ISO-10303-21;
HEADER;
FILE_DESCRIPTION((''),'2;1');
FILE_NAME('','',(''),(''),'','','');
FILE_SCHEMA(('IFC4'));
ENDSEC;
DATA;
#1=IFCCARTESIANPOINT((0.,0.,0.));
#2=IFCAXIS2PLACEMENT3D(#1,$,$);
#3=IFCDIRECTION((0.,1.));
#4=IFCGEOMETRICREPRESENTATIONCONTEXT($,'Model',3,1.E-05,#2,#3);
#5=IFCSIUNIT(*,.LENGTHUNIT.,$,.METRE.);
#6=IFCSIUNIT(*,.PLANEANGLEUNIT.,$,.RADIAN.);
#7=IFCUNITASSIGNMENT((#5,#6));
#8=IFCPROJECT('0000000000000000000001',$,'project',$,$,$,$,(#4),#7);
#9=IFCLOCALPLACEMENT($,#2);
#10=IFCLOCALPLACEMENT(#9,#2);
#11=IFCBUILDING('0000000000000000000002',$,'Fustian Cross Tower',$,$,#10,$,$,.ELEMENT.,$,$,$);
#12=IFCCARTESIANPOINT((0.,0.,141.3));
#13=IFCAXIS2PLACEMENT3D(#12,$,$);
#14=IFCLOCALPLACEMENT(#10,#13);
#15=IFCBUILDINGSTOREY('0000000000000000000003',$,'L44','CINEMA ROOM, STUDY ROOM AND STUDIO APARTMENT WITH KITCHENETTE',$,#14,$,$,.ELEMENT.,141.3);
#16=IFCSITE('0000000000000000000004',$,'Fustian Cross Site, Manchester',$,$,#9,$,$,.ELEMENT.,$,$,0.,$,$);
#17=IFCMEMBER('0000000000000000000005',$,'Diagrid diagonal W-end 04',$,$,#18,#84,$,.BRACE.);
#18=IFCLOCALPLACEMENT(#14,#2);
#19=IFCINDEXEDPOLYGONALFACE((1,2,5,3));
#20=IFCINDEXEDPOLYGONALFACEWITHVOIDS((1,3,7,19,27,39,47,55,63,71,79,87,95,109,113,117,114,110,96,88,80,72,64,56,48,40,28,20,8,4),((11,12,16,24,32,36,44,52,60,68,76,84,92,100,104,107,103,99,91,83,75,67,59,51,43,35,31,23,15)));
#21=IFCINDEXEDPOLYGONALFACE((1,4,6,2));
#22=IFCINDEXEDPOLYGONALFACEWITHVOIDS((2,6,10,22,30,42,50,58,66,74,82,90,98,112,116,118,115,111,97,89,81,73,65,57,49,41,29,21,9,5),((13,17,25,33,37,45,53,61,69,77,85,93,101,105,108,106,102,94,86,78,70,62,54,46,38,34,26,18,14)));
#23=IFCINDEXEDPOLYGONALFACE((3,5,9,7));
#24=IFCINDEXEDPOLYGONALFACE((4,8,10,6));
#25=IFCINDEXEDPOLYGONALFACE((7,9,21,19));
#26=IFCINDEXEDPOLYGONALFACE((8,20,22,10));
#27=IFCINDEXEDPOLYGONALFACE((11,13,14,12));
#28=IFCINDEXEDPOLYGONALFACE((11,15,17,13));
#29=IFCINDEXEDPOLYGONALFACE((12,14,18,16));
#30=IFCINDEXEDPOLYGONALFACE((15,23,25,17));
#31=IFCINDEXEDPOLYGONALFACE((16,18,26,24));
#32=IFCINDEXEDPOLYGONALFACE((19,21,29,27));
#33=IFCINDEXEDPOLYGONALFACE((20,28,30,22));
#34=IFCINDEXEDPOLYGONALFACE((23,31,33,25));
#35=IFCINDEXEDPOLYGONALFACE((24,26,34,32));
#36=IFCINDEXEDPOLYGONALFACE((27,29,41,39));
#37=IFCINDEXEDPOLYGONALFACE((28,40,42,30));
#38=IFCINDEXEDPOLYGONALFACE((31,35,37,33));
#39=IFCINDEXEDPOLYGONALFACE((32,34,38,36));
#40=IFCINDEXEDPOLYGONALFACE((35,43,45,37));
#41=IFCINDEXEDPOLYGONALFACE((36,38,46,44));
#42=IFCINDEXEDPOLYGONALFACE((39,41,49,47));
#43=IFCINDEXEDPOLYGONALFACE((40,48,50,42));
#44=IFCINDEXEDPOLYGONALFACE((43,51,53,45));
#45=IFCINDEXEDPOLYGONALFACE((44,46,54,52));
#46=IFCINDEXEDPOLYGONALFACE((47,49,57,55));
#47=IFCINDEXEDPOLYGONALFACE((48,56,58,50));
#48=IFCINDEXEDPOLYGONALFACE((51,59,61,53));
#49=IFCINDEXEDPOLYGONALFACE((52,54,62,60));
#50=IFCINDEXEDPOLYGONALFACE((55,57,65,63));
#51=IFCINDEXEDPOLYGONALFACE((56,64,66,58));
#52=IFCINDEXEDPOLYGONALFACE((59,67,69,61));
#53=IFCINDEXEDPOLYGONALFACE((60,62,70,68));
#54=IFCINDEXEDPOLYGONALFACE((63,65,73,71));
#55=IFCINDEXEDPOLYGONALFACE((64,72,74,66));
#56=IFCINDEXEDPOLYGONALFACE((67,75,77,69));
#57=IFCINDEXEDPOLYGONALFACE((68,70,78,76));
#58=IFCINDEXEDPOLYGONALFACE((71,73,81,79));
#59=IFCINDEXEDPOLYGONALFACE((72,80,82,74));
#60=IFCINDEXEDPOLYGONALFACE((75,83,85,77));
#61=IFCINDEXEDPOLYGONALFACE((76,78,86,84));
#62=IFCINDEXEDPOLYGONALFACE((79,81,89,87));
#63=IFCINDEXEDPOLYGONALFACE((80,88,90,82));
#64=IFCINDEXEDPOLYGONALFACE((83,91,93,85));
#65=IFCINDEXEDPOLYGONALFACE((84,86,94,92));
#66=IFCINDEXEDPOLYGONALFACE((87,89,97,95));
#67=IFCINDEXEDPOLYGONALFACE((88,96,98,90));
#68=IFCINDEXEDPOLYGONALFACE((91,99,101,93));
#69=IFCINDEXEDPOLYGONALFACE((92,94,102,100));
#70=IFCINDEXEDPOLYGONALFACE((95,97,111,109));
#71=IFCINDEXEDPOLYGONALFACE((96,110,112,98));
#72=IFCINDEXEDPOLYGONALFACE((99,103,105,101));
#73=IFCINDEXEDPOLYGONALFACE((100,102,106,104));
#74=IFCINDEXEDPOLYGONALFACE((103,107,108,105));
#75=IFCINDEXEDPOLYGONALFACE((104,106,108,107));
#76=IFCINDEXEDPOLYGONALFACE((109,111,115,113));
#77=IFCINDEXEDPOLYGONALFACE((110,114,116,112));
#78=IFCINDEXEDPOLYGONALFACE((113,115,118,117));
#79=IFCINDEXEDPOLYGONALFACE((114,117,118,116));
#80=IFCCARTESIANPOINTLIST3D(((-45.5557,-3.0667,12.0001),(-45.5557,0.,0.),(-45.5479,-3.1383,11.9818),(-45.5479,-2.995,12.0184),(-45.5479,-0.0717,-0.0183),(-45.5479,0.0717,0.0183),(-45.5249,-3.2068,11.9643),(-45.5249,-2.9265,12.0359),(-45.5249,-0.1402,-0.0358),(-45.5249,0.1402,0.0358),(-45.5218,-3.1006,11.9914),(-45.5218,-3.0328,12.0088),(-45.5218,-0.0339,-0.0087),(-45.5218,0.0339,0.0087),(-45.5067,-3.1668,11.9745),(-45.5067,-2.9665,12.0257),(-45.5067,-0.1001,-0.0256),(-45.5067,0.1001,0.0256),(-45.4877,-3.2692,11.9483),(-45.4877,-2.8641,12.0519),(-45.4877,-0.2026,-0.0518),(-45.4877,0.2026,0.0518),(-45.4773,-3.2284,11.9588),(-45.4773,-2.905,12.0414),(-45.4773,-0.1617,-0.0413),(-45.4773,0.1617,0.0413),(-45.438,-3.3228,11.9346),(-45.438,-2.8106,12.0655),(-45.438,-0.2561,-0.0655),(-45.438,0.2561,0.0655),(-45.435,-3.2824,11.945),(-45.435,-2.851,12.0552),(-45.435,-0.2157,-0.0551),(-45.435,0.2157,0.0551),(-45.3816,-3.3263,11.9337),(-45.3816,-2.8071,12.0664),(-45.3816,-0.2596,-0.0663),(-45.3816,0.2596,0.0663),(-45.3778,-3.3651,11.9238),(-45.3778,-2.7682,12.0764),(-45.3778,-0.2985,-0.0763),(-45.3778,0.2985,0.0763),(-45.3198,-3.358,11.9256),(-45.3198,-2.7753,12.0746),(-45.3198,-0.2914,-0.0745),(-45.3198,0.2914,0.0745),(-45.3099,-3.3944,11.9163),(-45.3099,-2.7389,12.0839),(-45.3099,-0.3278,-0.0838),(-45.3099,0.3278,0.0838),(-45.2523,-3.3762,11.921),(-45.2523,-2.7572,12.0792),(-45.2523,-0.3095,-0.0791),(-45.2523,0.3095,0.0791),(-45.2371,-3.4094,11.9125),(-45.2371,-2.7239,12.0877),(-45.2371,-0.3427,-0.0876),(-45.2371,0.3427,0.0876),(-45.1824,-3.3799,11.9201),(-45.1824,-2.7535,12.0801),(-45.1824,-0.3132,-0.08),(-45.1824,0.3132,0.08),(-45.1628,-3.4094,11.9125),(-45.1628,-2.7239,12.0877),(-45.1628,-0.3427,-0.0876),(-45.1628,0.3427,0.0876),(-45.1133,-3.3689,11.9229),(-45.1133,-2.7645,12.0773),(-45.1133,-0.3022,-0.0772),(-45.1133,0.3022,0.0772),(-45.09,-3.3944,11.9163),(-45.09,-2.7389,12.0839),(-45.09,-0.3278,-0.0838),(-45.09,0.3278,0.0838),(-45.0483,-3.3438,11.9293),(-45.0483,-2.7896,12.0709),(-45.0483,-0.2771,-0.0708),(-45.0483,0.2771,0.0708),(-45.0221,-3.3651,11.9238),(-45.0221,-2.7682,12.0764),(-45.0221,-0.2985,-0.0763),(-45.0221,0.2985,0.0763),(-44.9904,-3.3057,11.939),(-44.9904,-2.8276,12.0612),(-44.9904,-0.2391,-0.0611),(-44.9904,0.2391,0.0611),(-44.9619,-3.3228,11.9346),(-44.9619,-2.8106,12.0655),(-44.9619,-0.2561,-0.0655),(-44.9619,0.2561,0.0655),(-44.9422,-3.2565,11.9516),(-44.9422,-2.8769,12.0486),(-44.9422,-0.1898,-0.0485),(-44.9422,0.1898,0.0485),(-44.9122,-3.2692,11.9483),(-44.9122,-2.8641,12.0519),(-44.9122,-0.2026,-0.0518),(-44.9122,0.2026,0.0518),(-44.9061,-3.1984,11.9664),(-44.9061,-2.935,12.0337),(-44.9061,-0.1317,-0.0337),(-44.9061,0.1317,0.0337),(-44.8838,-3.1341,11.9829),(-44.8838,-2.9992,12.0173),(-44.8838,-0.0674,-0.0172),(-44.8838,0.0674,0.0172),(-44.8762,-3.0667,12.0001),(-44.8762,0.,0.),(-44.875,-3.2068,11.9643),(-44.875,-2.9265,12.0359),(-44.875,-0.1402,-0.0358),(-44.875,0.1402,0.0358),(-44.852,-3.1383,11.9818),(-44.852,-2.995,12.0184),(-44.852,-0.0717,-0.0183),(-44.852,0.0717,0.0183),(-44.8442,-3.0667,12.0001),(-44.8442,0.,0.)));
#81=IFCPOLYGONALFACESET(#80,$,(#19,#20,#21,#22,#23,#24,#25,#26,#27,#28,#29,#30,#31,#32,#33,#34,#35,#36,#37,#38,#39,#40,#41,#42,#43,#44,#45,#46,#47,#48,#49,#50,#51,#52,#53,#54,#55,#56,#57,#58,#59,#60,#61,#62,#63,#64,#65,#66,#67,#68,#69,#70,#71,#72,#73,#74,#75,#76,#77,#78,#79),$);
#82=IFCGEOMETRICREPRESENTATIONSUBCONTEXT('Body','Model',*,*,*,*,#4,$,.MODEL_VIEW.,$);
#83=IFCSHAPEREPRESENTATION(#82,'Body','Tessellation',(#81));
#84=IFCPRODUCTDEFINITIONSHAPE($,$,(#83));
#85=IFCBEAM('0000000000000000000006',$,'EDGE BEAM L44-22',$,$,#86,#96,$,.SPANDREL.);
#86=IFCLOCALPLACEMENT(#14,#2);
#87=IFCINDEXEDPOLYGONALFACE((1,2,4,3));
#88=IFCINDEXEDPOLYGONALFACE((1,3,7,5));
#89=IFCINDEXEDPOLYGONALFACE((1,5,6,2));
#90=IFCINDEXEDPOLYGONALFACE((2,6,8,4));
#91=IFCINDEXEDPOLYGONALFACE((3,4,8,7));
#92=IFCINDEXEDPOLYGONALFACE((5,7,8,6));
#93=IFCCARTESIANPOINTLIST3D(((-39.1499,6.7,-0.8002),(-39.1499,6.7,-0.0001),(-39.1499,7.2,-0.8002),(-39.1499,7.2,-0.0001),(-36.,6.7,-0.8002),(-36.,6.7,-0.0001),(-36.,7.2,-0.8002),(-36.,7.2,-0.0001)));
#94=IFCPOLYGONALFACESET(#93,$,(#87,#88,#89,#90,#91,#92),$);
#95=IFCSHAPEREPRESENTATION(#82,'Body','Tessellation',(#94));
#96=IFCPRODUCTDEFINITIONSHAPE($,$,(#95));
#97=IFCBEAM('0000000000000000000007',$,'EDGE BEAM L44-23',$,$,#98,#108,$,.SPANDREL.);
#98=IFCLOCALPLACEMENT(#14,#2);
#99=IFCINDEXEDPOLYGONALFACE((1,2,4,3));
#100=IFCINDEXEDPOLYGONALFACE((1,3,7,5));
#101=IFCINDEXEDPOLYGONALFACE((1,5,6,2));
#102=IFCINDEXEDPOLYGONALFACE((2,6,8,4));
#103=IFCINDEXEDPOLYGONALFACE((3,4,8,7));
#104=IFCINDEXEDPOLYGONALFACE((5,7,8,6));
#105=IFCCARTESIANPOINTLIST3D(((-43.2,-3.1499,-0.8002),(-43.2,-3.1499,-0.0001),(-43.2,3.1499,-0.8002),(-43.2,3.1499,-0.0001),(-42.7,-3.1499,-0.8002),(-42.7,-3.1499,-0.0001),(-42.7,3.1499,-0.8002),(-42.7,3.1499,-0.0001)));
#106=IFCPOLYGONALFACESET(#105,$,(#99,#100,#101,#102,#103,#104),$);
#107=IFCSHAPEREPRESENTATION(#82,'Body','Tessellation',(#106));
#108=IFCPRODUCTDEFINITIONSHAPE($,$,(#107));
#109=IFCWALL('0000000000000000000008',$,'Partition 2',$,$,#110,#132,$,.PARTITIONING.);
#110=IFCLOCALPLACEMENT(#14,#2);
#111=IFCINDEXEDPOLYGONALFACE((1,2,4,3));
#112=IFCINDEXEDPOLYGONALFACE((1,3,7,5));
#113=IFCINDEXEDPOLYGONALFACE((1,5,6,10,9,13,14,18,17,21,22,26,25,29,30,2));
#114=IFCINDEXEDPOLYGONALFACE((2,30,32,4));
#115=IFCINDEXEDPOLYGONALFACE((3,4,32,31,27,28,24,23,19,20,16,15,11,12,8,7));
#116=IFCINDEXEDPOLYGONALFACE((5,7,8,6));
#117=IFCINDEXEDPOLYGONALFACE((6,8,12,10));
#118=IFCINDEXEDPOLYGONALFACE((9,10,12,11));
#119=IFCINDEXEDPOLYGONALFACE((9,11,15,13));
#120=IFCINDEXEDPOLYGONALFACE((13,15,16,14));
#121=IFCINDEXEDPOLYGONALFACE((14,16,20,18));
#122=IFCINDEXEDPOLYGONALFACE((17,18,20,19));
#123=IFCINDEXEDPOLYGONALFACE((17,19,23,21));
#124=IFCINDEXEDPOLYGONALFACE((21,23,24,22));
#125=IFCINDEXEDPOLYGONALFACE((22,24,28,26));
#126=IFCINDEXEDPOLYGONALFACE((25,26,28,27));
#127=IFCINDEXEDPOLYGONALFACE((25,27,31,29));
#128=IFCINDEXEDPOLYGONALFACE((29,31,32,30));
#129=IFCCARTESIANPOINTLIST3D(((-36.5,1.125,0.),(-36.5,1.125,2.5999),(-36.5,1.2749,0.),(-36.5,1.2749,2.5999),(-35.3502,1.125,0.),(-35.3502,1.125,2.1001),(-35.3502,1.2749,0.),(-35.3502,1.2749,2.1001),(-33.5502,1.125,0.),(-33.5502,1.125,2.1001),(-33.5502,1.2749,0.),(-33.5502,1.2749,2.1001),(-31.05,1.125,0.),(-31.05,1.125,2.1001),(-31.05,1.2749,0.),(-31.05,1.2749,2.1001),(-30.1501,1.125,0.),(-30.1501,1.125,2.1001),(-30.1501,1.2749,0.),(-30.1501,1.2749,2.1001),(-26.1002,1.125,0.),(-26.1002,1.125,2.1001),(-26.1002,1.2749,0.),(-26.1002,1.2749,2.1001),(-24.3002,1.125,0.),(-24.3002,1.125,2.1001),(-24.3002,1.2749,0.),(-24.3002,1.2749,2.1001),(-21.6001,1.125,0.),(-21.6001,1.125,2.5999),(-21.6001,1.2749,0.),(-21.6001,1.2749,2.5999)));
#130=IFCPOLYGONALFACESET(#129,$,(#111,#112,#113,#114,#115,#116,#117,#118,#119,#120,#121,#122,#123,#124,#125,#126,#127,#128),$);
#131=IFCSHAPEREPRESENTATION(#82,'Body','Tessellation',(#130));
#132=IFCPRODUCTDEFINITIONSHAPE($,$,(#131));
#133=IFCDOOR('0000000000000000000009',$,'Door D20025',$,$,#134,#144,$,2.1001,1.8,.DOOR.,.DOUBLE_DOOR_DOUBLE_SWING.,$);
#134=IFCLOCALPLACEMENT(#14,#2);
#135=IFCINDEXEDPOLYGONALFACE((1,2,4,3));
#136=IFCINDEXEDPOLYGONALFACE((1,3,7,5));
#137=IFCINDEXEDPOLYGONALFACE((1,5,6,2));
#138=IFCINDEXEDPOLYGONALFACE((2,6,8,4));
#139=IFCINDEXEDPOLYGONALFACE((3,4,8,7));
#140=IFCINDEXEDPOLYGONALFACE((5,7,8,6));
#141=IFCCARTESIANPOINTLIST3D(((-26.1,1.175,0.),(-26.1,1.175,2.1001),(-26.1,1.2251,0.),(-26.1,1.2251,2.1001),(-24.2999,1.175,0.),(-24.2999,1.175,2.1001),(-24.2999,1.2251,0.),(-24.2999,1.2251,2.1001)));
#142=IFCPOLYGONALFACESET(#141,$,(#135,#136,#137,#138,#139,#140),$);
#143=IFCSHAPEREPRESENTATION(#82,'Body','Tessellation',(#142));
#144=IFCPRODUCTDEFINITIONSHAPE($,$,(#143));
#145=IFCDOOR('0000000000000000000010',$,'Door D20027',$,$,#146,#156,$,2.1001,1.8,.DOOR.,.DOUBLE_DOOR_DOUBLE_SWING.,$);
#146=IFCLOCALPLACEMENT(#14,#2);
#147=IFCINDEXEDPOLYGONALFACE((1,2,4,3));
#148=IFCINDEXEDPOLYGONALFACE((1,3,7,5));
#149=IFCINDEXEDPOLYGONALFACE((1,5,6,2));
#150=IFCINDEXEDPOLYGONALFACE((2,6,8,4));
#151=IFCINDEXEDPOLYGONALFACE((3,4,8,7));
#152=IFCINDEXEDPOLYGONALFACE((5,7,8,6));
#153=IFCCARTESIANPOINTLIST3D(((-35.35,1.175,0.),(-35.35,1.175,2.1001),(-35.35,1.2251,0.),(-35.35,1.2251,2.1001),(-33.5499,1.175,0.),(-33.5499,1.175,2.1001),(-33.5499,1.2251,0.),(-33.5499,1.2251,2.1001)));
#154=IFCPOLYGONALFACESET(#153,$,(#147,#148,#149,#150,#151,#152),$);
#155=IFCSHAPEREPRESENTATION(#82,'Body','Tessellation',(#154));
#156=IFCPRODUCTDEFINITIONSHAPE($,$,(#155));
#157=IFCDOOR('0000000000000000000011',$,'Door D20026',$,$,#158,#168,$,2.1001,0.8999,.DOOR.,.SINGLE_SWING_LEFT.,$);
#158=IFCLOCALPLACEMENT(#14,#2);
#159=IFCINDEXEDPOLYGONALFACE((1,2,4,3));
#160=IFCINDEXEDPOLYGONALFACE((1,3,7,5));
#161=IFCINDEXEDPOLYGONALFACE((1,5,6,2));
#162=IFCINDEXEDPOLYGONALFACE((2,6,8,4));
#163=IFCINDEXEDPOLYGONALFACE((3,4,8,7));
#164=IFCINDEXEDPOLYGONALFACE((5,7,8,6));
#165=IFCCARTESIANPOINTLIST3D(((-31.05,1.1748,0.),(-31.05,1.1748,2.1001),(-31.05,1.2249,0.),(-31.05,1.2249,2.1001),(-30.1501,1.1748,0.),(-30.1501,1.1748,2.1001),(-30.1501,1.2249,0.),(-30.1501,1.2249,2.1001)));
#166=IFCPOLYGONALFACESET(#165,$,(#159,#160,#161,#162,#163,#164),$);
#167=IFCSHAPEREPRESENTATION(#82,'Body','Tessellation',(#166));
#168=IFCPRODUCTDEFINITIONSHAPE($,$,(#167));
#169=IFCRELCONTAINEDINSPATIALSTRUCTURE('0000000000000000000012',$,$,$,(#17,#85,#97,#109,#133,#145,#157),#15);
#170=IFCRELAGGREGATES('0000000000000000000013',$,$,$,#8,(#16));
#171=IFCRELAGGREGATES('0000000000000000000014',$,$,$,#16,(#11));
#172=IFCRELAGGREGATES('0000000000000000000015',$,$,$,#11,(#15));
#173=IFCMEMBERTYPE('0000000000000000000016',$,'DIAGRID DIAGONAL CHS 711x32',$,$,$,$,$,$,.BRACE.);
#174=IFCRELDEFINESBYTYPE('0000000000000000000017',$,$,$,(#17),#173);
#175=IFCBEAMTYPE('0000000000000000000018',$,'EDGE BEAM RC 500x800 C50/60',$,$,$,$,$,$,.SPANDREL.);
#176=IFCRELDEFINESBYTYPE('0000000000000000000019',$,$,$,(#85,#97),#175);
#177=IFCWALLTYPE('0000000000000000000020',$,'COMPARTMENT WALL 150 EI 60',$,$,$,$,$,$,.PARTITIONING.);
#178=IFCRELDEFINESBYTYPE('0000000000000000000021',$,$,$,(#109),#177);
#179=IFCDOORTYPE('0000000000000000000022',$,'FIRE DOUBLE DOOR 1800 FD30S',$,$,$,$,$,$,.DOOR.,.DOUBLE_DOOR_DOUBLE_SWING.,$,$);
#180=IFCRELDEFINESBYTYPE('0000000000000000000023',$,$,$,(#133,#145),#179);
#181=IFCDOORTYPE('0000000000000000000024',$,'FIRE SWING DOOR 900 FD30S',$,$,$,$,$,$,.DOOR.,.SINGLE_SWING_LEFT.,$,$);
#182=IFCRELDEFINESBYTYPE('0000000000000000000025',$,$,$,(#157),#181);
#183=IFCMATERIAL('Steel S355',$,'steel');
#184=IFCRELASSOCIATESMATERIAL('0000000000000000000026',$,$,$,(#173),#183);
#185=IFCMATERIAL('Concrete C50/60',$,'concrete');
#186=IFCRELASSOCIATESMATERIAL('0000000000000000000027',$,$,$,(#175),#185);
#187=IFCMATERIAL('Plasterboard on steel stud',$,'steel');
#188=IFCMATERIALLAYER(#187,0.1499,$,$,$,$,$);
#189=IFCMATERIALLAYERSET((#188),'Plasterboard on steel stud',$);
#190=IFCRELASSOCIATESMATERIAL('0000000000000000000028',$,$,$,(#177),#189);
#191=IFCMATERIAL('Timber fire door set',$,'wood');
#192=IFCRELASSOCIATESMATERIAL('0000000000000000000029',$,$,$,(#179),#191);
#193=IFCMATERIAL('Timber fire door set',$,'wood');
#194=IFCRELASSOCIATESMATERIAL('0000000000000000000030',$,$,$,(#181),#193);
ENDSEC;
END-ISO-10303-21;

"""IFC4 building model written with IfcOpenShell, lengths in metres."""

from ifc_helpers import new_model, si_unit, direction, frame, frame_2d, origin, origin_2d, place, context, subcontext, project, spatial, rectangle, hollow_circle, extrude, material, layer, layer_set, material_profile, profile_set, type_object, element, fill, save


model = new_model("IFC4")

# Units and contexts
model_context = context("Model", 3, precision=1e-05, world=origin(), true_north=direction((0.0, 1.0)))
body_context = subcontext(model_context, "Body", "Model", "MODEL_VIEW")
ifc_project = project(units=[si_unit("LENGTHUNIT", "METRE"), si_unit("PLANEANGLEUNIT", "RADIAN")], contexts=[model_context])

# Site, building, storey
site_placement = place(None, origin())
site = spatial("IfcSite", under=ifc_project, at=site_placement, Name="Fustian Cross Site, Manchester", CompositionType="ELEMENT", RefElevation=0.0)
building_placement = place(site_placement, origin())
building = spatial("IfcBuilding", under=site, at=building_placement, Name="Fustian Cross Tower", CompositionType="ELEMENT")
storey_placement = place(building_placement, frame((0.0, 0.0, 141.3)))
storey = spatial("IfcBuildingStorey", under=building, at=storey_placement, Name="L44", Description="CINEMA ROOM, STUDY ROOM AND STUDIO APARTMENT WITH KITCHENETTE", CompositionType="ELEMENT", Elevation=141.3)

# Member
ifc_material_1 = material(Name="Steel S355", Category="steel")
ifc_material_profile_1 = material_profile(ifc_material_1, hollow_circle(Radius=0.3557, WallThickness=0.032, at=origin_2d()), Name="CHS 711x32")
ifc_profile_set_1 = profile_set([ifc_material_profile_1], Name="Steel S355")
member_type_1 = type_object("IfcMemberType", Name="DIAGRID DIAGONAL CHS 711x32", PredefinedType="BRACE", material=ifc_profile_set_1)
for number, where, z_axis, x_axis, name in (
    (1, (-45.2, 0.0, 0.0), (0.0, -0.247597, 0.968863), (1.0, 0.0, 0.0), "Diagrid diagonal W-end 04"),
):
    element("IfcMember", number, at=place(storey_placement, frame(where, z_axis=z_axis, x_axis=x_axis)), inside=storey, type_object=member_type_1, Name=name, PredefinedType="BRACE", context=body_context, shape_type="SweptSolid", body=[
        extrude(hollow_circle(Radius=0.3557, WallThickness=0.032, at=origin_2d()), origin(), (0.0, 0.0, 1.0), 12.3857),
    ])

# Beams
ifc_material_2 = material(Name="Concrete C50/60", Category="concrete")
ifc_material_profile_2 = material_profile(ifc_material_2, rectangle(XDim=0.5, YDim=0.8, at=origin_2d()), Name="RC 500x800")
ifc_profile_set_2 = profile_set([ifc_material_profile_2], Name="Concrete C50/60")
beam_type = type_object("IfcBeamType", Name="EDGE BEAM RC 500x800 C50/60", PredefinedType="SPANDREL", material=ifc_profile_set_2)
beam_1_placement = place(storey_placement, frame((-36.0, 6.95, -0.4001), z_axis=(-1.0, 0.0, 0.0), x_axis=(0.0, -1.0, 0.0)))
element("IfcBeam", 2, at=beam_1_placement, inside=storey, type_object=beam_type, Name="EDGE BEAM L44-22", PredefinedType="SPANDREL", context=body_context, shape_type="SweptSolid", body=[
    extrude(rectangle(XDim=0.5, YDim=0.8, at=origin_2d()), origin(), (0.0, 0.0, 1.0), 3.1499),
])
beam_2_placement = place(storey_placement, frame((-42.95, 3.1499, -0.4001), z_axis=(0.0, -1.0, 0.0), x_axis=(1.0, 0.0, 0.0)))
element("IfcBeam", 3, at=beam_2_placement, inside=storey, type_object=beam_type, Name="EDGE BEAM L44-23", PredefinedType="SPANDREL", context=body_context, shape_type="SweptSolid", body=[
    extrude(rectangle(XDim=0.5, YDim=0.8, at=origin_2d()), origin(), (0.0, 0.0, 1.0), 6.2998),
])

# Wall, openings, doors
ifc_material_3 = material(Name="Plasterboard on steel stud", Category="steel")
ifc_layer_1 = layer(ifc_material_3, 0.1499)
ifc_layer_set_1 = layer_set([ifc_layer_1], Name="Plasterboard on steel stud")
wall_type_1 = type_object("IfcWallType", Name="COMPARTMENT WALL 150 EI 60", PredefinedType="PARTITIONING", material=ifc_layer_set_1)
wall_1_placement = place(storey_placement, frame((-36.5, 1.2, 0.0), z_axis=(0.0, 0.0, 1.0), x_axis=(1.0, 0.0, 0.0)))
wall_1 = element("IfcWall", 4, at=wall_1_placement, inside=storey, type_object=wall_type_1, Name="Partition 2", PredefinedType="PARTITIONING", context=body_context, shape_type="SweptSolid", body=[
    extrude(rectangle(XDim=14.8999, YDim=0.1499, at=frame_2d((7.45, 0.0))), origin(), (0.0, 0.0, 1.0), 2.5999),
])
opening_1_placement = place(wall_1_placement, frame((10.3999, 0.0, 0.0)))
opening_1 = element("IfcOpeningElement", 5, at=opening_1_placement, cuts=wall_1, PredefinedType="OPENING", context=body_context, shape_type="SweptSolid", body=[
    extrude(rectangle(XDim=1.8, YDim=2.1001, at=frame_2d((0.8999, 1.05))), frame((0.0, 0.085, 0.0), z_axis=(0.0, -1.0, 0.0), x_axis=(1.0, 0.0, 0.0)), (0.0, 0.0, 1.0), 0.1699),
])
opening_2_placement = place(wall_1_placement, frame((5.45, 0.0, 0.0)))
opening_2 = element("IfcOpeningElement", 6, at=opening_2_placement, cuts=wall_1, PredefinedType="OPENING", context=body_context, shape_type="SweptSolid", body=[
    extrude(rectangle(XDim=0.8999, YDim=2.1001, at=frame_2d((0.45, 1.05))), frame((0.0, 0.085, 0.0), z_axis=(0.0, -1.0, 0.0), x_axis=(1.0, 0.0, 0.0)), (0.0, 0.0, 1.0), 0.1699),
])
opening_3_placement = place(wall_1_placement, frame((1.1499, 0.0, 0.0)))
opening_3 = element("IfcOpeningElement", 7, at=opening_3_placement, cuts=wall_1, PredefinedType="OPENING", context=body_context, shape_type="SweptSolid", body=[
    extrude(rectangle(XDim=1.8, YDim=2.1001, at=frame_2d((0.8999, 1.05))), frame((0.0, 0.085, 0.0), z_axis=(0.0, -1.0, 0.0), x_axis=(1.0, 0.0, 0.0)), (0.0, 0.0, 1.0), 0.1699),
])
ifc_material_4 = material(Name="Timber fire door set", Category="wood")
door_type_1 = type_object("IfcDoorType", Name="FIRE DOUBLE DOOR 1800 FD30S", OperationType="DOUBLE_DOOR_DOUBLE_SWING", PredefinedType="DOOR", material=ifc_material_4)
door_1_placement = place(opening_1_placement, frame((1.8, 0.0, 0.0), z_axis=(0.0, 0.0, 1.0), x_axis=(-1.0, 0.0, 0.0)))
door_1 = element("IfcDoor", 8, at=door_1_placement, inside=storey, type_object=door_type_1, Name="Door D20025", OperationType="DOUBLE_DOOR_DOUBLE_SWING", OverallHeight=2.1001, OverallWidth=1.8, PredefinedType="DOOR", context=body_context, shape_type="SweptSolid", body=[
    extrude(rectangle(XDim=1.8, YDim=2.1001, at=frame_2d((0.8999, 1.05))), frame((0.0, 0.0249, 0.0), z_axis=(0.0, -1.0, 0.0), x_axis=(1.0, 0.0, 0.0)), (0.0, 0.0, 1.0), 0.05),
])
fill(opening_1, door_1)
door_2_placement = place(opening_3_placement, frame((1.8, 0.0, 0.0), z_axis=(0.0, 0.0, 1.0), x_axis=(-1.0, 0.0, 0.0)))
door_2 = element("IfcDoor", 9, at=door_2_placement, inside=storey, type_object=door_type_1, Name="Door D20027", OperationType="DOUBLE_DOOR_DOUBLE_SWING", OverallHeight=2.1001, OverallWidth=1.8, PredefinedType="DOOR", context=body_context, shape_type="SweptSolid", body=[
    extrude(rectangle(XDim=1.8, YDim=2.1001, at=frame_2d((0.8999, 1.05))), frame((0.0, 0.0249, 0.0), z_axis=(0.0, -1.0, 0.0), x_axis=(1.0, 0.0, 0.0)), (0.0, 0.0, 1.0), 0.05),
])
fill(opening_3, door_2)
ifc_material_5 = material(Name="Timber fire door set", Category="wood")
door_type_2 = type_object("IfcDoorType", Name="FIRE SWING DOOR 900 FD30S", OperationType="SINGLE_SWING_LEFT", PredefinedType="DOOR", material=ifc_material_5)
door_3_placement = place(opening_2_placement, origin())
door_3 = element("IfcDoor", 10, at=door_3_placement, inside=storey, type_object=door_type_2, Name="Door D20026", OperationType="SINGLE_SWING_LEFT", OverallHeight=2.1001, OverallWidth=0.8999, PredefinedType="DOOR", context=body_context, shape_type="SweptSolid", body=[
    extrude(rectangle(XDim=0.8999, YDim=2.1001, at=frame_2d((0.45, 1.05))), frame((0.0, 0.0249, 0.0), z_axis=(0.0, -1.0, 0.0), x_axis=(1.0, 0.0, 0.0)), (0.0, 0.0, 1.0), 0.05),
])
fill(opening_2, door_3)

save(model, "model.ifc")
